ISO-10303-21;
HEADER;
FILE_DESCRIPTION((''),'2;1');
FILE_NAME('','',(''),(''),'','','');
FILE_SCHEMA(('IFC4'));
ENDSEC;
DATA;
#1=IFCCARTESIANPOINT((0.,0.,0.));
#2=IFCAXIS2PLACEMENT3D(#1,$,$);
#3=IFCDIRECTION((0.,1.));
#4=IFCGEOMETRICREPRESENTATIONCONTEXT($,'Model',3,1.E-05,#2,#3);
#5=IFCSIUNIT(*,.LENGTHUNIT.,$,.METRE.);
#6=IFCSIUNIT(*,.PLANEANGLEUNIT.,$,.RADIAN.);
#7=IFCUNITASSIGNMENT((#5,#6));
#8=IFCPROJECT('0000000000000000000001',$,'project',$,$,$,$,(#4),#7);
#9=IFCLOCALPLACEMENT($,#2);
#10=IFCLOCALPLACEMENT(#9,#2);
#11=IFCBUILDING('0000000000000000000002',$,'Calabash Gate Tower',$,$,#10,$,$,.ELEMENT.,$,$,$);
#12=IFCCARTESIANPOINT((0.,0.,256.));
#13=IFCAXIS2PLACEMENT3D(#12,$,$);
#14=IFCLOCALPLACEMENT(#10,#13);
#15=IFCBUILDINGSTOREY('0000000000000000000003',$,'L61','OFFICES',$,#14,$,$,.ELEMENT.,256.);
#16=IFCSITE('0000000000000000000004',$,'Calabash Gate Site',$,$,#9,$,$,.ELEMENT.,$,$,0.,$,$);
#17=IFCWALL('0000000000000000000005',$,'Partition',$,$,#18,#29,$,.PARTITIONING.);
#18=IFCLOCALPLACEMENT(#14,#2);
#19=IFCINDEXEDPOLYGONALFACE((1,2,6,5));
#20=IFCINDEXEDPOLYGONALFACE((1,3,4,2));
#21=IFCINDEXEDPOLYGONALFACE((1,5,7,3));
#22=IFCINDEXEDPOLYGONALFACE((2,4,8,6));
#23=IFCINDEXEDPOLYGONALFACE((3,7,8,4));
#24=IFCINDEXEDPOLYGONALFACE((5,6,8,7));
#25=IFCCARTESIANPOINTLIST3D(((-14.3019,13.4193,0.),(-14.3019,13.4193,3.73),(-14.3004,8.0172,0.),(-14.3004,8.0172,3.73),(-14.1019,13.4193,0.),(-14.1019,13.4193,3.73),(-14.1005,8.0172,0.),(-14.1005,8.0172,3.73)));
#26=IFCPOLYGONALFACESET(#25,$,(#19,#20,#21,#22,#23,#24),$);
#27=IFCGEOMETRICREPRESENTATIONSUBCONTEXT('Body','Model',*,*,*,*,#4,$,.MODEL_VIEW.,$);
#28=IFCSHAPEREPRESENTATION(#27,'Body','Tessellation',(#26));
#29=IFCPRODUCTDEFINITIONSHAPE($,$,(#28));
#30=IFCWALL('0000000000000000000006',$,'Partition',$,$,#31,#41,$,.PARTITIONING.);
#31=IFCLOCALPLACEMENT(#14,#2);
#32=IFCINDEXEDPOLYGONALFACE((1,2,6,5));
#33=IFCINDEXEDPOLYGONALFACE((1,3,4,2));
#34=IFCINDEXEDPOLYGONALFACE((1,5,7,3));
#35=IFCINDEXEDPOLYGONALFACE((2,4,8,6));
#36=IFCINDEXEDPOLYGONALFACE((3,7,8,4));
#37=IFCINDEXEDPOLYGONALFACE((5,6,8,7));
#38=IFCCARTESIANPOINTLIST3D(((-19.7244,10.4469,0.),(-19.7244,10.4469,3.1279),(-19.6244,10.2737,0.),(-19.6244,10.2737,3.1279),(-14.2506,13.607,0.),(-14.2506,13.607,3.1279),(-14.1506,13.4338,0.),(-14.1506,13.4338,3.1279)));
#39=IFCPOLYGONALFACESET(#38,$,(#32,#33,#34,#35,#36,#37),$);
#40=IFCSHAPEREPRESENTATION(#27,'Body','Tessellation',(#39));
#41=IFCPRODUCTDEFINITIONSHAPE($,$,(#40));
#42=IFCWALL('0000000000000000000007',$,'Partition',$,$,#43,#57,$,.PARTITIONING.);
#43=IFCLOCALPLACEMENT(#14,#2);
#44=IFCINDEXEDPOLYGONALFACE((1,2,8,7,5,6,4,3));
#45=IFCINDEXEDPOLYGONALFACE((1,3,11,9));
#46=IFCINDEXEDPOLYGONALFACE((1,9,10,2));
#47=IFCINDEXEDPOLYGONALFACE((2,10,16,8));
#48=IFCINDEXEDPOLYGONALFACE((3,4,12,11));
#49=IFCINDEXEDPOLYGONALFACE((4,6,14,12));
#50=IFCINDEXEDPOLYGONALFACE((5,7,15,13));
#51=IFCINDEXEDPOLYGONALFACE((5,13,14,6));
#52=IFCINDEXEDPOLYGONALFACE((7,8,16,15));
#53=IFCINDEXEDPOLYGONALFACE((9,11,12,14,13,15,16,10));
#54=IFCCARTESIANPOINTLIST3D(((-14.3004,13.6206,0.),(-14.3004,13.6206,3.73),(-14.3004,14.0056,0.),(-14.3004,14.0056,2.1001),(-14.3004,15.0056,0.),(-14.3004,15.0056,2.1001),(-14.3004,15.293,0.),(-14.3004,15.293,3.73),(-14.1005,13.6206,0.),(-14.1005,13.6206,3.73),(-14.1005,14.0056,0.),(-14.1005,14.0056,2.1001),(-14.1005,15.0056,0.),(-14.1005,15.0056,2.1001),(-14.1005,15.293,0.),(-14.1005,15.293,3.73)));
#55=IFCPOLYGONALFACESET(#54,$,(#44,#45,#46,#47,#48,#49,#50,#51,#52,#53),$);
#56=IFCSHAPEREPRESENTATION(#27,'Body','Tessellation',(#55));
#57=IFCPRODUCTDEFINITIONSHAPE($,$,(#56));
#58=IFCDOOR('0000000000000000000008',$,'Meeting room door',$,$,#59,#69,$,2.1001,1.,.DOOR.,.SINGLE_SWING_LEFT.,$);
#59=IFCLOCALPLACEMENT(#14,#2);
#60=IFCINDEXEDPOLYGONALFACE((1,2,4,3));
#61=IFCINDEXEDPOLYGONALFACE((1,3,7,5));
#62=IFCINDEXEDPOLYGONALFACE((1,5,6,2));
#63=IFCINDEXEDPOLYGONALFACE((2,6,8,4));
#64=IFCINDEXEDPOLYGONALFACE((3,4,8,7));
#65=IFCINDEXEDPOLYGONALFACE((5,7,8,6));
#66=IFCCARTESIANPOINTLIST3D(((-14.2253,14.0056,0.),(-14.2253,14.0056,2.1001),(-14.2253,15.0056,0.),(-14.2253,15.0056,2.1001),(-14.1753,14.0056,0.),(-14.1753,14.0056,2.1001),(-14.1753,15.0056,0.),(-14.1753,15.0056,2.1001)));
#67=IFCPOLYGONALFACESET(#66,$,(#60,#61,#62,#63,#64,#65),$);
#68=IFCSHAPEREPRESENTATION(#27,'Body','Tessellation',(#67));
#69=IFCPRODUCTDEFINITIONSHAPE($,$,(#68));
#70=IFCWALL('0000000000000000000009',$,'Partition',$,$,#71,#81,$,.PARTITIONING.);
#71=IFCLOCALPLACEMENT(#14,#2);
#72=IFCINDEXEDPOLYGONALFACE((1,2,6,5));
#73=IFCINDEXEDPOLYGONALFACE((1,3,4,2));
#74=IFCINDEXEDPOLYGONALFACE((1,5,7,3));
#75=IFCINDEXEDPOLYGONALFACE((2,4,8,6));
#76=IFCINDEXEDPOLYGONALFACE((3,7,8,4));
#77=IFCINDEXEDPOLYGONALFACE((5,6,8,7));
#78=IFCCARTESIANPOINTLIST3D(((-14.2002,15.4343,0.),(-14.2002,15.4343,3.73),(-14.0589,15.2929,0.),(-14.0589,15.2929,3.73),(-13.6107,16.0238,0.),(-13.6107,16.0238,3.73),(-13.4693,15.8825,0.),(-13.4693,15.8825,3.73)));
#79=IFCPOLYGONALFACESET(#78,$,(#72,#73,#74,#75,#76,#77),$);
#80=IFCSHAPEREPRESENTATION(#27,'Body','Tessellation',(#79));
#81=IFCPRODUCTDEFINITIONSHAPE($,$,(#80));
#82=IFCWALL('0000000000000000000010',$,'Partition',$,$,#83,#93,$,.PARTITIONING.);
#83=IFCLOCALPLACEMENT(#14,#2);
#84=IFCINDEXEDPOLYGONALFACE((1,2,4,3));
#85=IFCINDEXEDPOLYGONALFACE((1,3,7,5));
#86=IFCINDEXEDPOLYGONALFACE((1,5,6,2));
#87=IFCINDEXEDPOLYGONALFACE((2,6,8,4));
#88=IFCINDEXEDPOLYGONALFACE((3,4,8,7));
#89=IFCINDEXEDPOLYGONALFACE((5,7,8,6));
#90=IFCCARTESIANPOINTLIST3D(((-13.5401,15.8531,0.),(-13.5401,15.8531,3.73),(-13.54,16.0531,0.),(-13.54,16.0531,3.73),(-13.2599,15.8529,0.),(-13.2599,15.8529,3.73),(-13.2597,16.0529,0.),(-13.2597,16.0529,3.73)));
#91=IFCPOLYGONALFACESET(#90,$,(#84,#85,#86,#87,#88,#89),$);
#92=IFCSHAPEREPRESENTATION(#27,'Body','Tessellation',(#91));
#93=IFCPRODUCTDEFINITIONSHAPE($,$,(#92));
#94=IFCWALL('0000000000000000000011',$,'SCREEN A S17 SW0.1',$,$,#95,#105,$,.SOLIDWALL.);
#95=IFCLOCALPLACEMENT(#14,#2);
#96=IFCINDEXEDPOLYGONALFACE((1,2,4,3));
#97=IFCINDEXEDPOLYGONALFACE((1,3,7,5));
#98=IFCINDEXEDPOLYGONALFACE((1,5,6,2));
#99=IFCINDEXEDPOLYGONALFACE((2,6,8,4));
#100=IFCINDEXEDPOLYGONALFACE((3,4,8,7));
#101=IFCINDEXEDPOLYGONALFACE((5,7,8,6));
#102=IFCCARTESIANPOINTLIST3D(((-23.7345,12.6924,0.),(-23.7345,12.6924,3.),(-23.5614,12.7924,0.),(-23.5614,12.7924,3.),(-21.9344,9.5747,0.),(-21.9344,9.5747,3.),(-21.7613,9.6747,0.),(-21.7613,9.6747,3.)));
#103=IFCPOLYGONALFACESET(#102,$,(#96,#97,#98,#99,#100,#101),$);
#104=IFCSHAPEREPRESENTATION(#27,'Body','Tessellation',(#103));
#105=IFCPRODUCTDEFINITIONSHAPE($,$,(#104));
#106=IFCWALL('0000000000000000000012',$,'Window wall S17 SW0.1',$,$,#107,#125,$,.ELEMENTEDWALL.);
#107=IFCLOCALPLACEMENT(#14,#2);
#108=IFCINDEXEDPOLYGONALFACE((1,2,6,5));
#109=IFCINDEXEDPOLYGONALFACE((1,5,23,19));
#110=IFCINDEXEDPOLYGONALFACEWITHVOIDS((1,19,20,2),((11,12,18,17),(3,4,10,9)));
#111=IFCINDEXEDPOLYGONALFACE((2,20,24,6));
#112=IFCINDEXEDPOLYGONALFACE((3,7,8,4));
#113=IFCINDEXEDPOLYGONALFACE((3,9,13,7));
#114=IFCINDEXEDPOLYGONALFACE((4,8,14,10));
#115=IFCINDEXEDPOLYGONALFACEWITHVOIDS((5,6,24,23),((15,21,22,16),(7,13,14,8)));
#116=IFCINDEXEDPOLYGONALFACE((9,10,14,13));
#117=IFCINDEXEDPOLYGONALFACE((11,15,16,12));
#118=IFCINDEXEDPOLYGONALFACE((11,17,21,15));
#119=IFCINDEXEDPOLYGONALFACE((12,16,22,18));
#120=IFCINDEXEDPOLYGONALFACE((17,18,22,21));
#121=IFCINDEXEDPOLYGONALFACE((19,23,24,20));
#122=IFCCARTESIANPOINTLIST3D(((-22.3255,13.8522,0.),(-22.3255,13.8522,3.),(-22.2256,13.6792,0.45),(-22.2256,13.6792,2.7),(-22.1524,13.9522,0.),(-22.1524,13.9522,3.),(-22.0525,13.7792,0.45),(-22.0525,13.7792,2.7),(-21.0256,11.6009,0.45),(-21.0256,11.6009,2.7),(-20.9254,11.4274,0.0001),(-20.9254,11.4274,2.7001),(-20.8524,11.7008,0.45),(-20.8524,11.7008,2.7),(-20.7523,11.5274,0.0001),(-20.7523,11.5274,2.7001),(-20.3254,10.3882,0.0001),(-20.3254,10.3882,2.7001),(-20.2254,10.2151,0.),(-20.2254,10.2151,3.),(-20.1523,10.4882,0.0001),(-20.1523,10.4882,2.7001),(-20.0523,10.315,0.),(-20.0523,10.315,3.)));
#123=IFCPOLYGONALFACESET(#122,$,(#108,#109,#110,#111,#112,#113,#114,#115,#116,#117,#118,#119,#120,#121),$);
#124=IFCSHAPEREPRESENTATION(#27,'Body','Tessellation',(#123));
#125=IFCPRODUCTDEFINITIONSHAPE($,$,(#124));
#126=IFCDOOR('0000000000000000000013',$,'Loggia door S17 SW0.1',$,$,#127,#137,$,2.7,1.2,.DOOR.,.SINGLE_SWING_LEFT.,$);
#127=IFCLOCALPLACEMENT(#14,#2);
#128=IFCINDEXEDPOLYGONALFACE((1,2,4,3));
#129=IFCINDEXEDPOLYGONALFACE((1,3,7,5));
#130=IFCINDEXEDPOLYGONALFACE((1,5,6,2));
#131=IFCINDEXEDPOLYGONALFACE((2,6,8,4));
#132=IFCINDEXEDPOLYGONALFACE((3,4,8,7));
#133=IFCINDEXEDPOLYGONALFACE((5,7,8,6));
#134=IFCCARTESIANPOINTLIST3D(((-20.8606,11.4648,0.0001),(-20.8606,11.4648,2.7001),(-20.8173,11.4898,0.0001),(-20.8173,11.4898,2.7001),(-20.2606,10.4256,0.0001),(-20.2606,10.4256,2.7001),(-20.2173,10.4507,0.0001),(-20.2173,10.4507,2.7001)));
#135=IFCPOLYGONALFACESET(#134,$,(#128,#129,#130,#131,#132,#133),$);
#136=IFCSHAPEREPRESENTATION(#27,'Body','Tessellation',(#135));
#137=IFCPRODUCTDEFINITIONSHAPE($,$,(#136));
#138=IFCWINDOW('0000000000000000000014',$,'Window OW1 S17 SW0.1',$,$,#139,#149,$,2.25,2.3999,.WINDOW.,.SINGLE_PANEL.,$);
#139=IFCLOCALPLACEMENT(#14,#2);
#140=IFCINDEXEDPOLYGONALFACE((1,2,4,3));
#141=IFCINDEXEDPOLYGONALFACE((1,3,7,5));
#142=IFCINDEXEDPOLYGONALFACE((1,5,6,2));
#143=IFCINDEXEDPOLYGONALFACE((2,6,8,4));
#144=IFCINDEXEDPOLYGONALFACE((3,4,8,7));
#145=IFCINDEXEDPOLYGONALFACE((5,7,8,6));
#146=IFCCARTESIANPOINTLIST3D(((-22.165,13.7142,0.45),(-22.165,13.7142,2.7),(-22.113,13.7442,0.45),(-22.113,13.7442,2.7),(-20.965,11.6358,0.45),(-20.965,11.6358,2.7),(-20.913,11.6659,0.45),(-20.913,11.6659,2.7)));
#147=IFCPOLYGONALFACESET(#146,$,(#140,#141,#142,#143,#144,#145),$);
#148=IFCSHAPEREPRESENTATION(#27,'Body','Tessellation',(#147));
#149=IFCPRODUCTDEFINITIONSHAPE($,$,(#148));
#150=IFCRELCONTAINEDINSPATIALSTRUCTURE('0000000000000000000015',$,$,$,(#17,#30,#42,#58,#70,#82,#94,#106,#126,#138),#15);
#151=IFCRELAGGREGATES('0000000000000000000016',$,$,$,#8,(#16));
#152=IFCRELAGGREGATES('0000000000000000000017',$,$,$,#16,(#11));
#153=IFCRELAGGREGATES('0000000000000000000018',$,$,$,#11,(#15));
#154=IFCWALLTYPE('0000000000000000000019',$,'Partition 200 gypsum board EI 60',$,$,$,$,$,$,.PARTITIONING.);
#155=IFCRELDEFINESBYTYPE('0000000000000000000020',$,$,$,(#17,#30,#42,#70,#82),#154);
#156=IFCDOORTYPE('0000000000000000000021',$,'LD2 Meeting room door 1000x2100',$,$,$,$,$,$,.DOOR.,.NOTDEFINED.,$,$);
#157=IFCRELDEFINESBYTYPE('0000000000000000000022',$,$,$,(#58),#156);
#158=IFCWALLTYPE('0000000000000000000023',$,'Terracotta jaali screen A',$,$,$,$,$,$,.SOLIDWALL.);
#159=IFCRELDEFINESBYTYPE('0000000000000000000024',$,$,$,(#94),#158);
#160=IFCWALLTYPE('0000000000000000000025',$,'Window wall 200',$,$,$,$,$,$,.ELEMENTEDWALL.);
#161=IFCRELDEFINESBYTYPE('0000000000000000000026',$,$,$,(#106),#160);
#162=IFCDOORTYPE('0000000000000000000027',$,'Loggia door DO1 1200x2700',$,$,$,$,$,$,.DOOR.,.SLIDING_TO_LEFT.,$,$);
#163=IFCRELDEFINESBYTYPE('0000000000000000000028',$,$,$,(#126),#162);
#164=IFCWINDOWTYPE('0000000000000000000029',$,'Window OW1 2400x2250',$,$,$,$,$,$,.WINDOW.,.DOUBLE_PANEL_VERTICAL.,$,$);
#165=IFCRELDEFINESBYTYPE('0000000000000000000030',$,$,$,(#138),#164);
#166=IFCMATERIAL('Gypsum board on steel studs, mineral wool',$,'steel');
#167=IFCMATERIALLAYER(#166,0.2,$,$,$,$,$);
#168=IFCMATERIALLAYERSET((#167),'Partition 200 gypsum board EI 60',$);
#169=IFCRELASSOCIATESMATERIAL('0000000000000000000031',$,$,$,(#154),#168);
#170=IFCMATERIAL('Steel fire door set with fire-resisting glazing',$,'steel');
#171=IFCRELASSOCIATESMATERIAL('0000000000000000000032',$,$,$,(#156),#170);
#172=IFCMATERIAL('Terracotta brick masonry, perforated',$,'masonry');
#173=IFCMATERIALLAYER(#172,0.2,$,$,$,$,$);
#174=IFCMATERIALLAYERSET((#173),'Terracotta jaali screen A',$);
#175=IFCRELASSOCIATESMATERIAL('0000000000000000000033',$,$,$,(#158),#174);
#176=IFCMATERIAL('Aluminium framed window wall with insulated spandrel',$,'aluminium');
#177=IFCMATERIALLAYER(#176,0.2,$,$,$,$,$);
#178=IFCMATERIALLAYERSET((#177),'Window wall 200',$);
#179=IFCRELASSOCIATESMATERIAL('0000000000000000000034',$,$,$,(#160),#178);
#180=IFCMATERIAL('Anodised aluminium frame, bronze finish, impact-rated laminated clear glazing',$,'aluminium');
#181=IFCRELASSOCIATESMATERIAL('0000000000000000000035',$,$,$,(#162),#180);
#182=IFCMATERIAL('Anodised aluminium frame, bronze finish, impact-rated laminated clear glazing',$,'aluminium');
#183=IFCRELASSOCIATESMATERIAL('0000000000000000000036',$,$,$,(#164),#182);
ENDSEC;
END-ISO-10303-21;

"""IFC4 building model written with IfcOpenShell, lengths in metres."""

from ifc_helpers import new_model, si_unit, direction, frame, frame_2d, origin, place, context, subcontext, project, spatial, rectangle, extrude, material, layer, layer_set, type_object, element, fill, save


model = new_model("IFC4")

# Units and contexts
model_context = context("Model", 3, precision=1e-05, world=origin(), true_north=direction((0.0, 1.0)))
body_context = subcontext(model_context, "Body", "Model", "MODEL_VIEW")
ifc_project = project(units=[si_unit("LENGTHUNIT", "METRE"), si_unit("PLANEANGLEUNIT", "RADIAN")], contexts=[model_context])

# Site, building, storey
site_placement = place(None, origin())
site = spatial("IfcSite", under=ifc_project, at=site_placement, Name="Calabash Gate Site", CompositionType="ELEMENT", RefElevation=0.0)
building_placement = place(site_placement, origin())
building = spatial("IfcBuilding", under=site, at=building_placement, Name="Calabash Gate Tower", CompositionType="ELEMENT")
storey_placement = place(building_placement, frame((0.0, 0.0, 256.0)))
storey = spatial("IfcBuildingStorey", under=building, at=storey_placement, Name="L61", Description="OFFICES", CompositionType="ELEMENT", Elevation=256.0)

# Walls
ifc_material_1 = material(Name="Gypsum board on steel studs, mineral wool", Category="steel")
ifc_layer_1 = layer(ifc_material_1, 0.2)
ifc_layer_set_1 = layer_set([ifc_layer_1], Name="Partition 200 gypsum board EI 60")
wall_type_1 = type_object("IfcWallType", Name="Partition 200 gypsum board EI 60", PredefinedType="PARTITIONING", material=ifc_layer_set_1)
wall_1_placement = place(storey_placement, frame((-14.2019, 13.4194, 0.0), z_axis=(0.0, 0.0, 1.0), x_axis=(0.000271, -1.0, 0.0)))
element("IfcWall", 1, at=wall_1_placement, inside=storey, type_object=wall_type_1, Name="Partition", PredefinedType="PARTITIONING", context=body_context, shape_type="SweptSolid", body=[
    extrude(rectangle(XDim=5.4021, YDim=0.2, at=frame_2d((2.7012, 0.0))), origin(), (0.0, 0.0, 1.0), 3.73),
])
wall_2_placement = place(storey_placement, frame((-19.6743, 10.3604, 0.0), z_axis=(0.0, 0.0, 1.0), x_axis=(0.866038, 0.499978, 0.0)))
element("IfcWall", 2, at=wall_2_placement, inside=storey, type_object=wall_type_1, Name="Partition", PredefinedType="PARTITIONING", context=body_context, shape_type="SweptSolid", body=[
    extrude(rectangle(XDim=6.3206, YDim=0.2, at=frame_2d((3.1602, 0.0))), origin(), (0.0, 0.0, 1.0), 3.1279),
])

# Wall, opening, door
wall_3_placement = place(storey_placement, frame((-14.2004, 13.6206, 0.0), z_axis=(0.0, 0.0, 1.0), x_axis=(0.0, 1.0, 0.0)))
wall_3 = element("IfcWall", 3, at=wall_3_placement, inside=storey, type_object=wall_type_1, Name="Partition", PredefinedType="PARTITIONING", context=body_context, shape_type="SweptSolid", body=[
    extrude(rectangle(XDim=1.6724, YDim=0.2, at=frame_2d((0.8362, 0.0))), origin(), (0.0, 0.0, 1.0), 3.73),
])
opening_1_placement = place(wall_3_placement, frame((0.385, 0.0, 0.0)))
opening_1 = element("IfcOpeningElement", 4, at=opening_1_placement, cuts=wall_3, PredefinedType="OPENING", context=body_context, shape_type="SweptSolid", body=[
    extrude(rectangle(XDim=1.0, YDim=2.1001, at=frame_2d((0.5, 1.05))), frame((0.0, 0.1099, 0.0), z_axis=(0.0, -1.0, 0.0), x_axis=(1.0, 0.0, 0.0)), (0.0, 0.0, 1.0), 0.22),
])
ifc_material_2 = material(Name="Steel fire door set with fire-resisting glazing", Category="steel")
door_type_1 = type_object("IfcDoorType", Name="LD2 Meeting room door 1000x2100", OperationType="NOTDEFINED", PredefinedType="DOOR", material=ifc_material_2)
door_1_placement = place(opening_1_placement, origin())
door_1 = element("IfcDoor", 5, at=door_1_placement, inside=storey, type_object=door_type_1, Name="Meeting room door", OperationType="SINGLE_SWING_LEFT", OverallHeight=2.1001, OverallWidth=1.0, PredefinedType="DOOR", context=body_context, shape_type="SweptSolid", body=[
    extrude(rectangle(XDim=1.0, YDim=2.1001, at=frame_2d((0.5, 1.05))), frame((0.0, 0.0249, 0.0), z_axis=(0.0, -1.0, 0.0), x_axis=(1.0, 0.0, 0.0)), (0.0, 0.0, 1.0), 0.05),
])
fill(opening_1, door_1)

# Walls
wall_4_placement = place(storey_placement, frame((-14.1296, 15.3635, 0.0), z_axis=(0.0, 0.0, 1.0), x_axis=(0.707107, 0.707107, 0.0)))
element("IfcWall", 6, at=wall_4_placement, inside=storey, type_object=wall_type_1, Name="Partition", PredefinedType="PARTITIONING", context=body_context, shape_type="SweptSolid", body=[
    extrude(rectangle(XDim=0.8337, YDim=0.2, at=frame_2d((0.417, 0.0))), origin(), (0.0, 0.0, 1.0), 3.73),
])
wall_5_placement = place(storey_placement, frame((-13.54, 15.9531, 0.0), z_axis=(0.0, 0.0, 1.0), x_axis=(1.0, -0.000871, 0.0)))
element("IfcWall", 7, at=wall_5_placement, inside=storey, type_object=wall_type_1, Name="Partition", PredefinedType="PARTITIONING", context=body_context, shape_type="SweptSolid", body=[
    extrude(rectangle(XDim=0.2803, YDim=0.2, at=frame_2d((0.1401, 0.0))), origin(), (0.0, 0.0, 1.0), 3.73),
])
ifc_material_3 = material(Name="Terracotta brick masonry, perforated", Category="masonry")
ifc_layer_2 = layer(ifc_material_3, 0.2)
ifc_layer_set_2 = layer_set([ifc_layer_2], Name="Terracotta jaali screen A")
wall_type_2 = type_object("IfcWallType", Name="Terracotta jaali screen A", PredefinedType="SOLIDWALL", material=ifc_layer_set_2)
wall_6_placement = place(storey_placement, frame((-23.6479, 12.7424, 0.0), z_axis=(0.0, 0.0, 1.0), x_axis=(0.500012, -0.866018, 0.0)))
element("IfcWall", 8, at=wall_6_placement, inside=storey, type_object=wall_type_2, Name="SCREEN A S17 SW0.1", PredefinedType="SOLIDWALL", context=body_context, shape_type="SweptSolid", body=[
    extrude(rectangle(XDim=3.6001, YDim=0.2, at=frame_2d((1.8, 0.0))), origin(), (0.0, 0.0, 1.0), 3.0),
])

# Wall, openings, door, window
ifc_material_4 = material(Name="Aluminium framed window wall with insulated spandrel", Category="aluminium")
ifc_layer_3 = layer(ifc_material_4, 0.2)
ifc_layer_set_3 = layer_set([ifc_layer_3], Name="Window wall 200")
wall_type_3 = type_object("IfcWallType", Name="Window wall 200", PredefinedType="ELEMENTEDWALL", material=ifc_layer_set_3)
wall_7_placement = place(storey_placement, frame((-22.239, 13.9023, 0.0), z_axis=(0.0, 0.0, 1.0), x_axis=(0.500028, -0.866009, 0.0)))
wall_7 = element("IfcWall", 9, at=wall_7_placement, inside=storey, type_object=wall_type_3, Name="Window wall S17 SW0.1", PredefinedType="ELEMENTEDWALL", context=body_context, shape_type="SweptSolid", body=[
    extrude(rectangle(XDim=4.2, YDim=0.2, at=frame_2d((2.1001, 0.0))), origin(), (0.0, 0.0, 1.0), 3.0),
])
opening_2_placement = place(wall_7_placement, frame((0.2, 0.0, 0.45)))
opening_2 = element("IfcOpeningElement", 10, at=opening_2_placement, cuts=wall_7, PredefinedType="OPENING", context=body_context, shape_type="SweptSolid", body=[
    extrude(rectangle(XDim=2.3999, YDim=2.25, at=frame_2d((1.2, 1.125))), frame((0.0, 0.1099, 0.0), z_axis=(0.0, -1.0, 0.0), x_axis=(1.0, 0.0, 0.0)), (0.0, 0.0, 1.0), 0.22),
])
opening_3_placement = place(wall_7_placement, frame((2.8, 0.0, 0.0)))
opening_3 = element("IfcOpeningElement", 11, at=opening_3_placement, cuts=wall_7, PredefinedType="OPENING", context=body_context, shape_type="SweptSolid", body=[
    extrude(rectangle(XDim=1.2, YDim=2.7, at=frame_2d((0.6001, 1.3501))), frame((0.0, 0.1099, 0.0), z_axis=(0.0, -1.0, 0.0), x_axis=(1.0, 0.0, 0.0)), (0.0, 0.0, 1.0), 0.22),
])
ifc_material_5 = material(Name="Anodised aluminium frame, bronze finish, impact-rated laminated clear glazing", Category="aluminium")
door_type_2 = type_object("IfcDoorType", Name="Loggia door DO1 1200x2700", OperationType="SLIDING_TO_LEFT", PredefinedType="DOOR", material=ifc_material_5)
door_2_placement = place(opening_3_placement, origin())
door_2 = element("IfcDoor", 12, at=door_2_placement, inside=storey, type_object=door_type_2, Name="Loggia door S17 SW0.1", OperationType="SINGLE_SWING_LEFT", OverallHeight=2.7, OverallWidth=1.2, PredefinedType="DOOR", context=body_context, shape_type="SweptSolid", body=[
    extrude(rectangle(XDim=1.2, YDim=2.7, at=frame_2d((0.6001, 1.3501))), frame((0.0, 0.0249, 0.0), z_axis=(0.0, -1.0, 0.0), x_axis=(1.0, 0.0, 0.0)), (0.0, 0.0, 1.0), 0.05),
])
fill(opening_3, door_2)
ifc_material_6 = material(Name="Anodised aluminium frame, bronze finish, impact-rated laminated clear glazing", Category="aluminium")
window_type = type_object("IfcWindowType", Name="Window OW1 2400x2250", PartitioningType="DOUBLE_PANEL_VERTICAL", PredefinedType="WINDOW", material=ifc_material_6)
window_1_placement = place(opening_2_placement, origin())
window_1 = element("IfcWindow", 13, at=window_1_placement, inside=storey, type_object=window_type, Name="Window OW1 S17 SW0.1", OverallHeight=2.25, OverallWidth=2.3999, PartitioningType="SINGLE_PANEL", PredefinedType="WINDOW", context=body_context, shape_type="SweptSolid", body=[
    extrude(rectangle(XDim=2.3999, YDim=2.25, at=frame_2d((1.2, 1.125))), frame((0.0, 0.03, 0.0), z_axis=(0.0, -1.0, 0.0), x_axis=(1.0, 0.0, 0.0)), (0.0, 0.0, 1.0), 0.0601),
])
fill(opening_2, window_1)

save(model, "model.ifc")
